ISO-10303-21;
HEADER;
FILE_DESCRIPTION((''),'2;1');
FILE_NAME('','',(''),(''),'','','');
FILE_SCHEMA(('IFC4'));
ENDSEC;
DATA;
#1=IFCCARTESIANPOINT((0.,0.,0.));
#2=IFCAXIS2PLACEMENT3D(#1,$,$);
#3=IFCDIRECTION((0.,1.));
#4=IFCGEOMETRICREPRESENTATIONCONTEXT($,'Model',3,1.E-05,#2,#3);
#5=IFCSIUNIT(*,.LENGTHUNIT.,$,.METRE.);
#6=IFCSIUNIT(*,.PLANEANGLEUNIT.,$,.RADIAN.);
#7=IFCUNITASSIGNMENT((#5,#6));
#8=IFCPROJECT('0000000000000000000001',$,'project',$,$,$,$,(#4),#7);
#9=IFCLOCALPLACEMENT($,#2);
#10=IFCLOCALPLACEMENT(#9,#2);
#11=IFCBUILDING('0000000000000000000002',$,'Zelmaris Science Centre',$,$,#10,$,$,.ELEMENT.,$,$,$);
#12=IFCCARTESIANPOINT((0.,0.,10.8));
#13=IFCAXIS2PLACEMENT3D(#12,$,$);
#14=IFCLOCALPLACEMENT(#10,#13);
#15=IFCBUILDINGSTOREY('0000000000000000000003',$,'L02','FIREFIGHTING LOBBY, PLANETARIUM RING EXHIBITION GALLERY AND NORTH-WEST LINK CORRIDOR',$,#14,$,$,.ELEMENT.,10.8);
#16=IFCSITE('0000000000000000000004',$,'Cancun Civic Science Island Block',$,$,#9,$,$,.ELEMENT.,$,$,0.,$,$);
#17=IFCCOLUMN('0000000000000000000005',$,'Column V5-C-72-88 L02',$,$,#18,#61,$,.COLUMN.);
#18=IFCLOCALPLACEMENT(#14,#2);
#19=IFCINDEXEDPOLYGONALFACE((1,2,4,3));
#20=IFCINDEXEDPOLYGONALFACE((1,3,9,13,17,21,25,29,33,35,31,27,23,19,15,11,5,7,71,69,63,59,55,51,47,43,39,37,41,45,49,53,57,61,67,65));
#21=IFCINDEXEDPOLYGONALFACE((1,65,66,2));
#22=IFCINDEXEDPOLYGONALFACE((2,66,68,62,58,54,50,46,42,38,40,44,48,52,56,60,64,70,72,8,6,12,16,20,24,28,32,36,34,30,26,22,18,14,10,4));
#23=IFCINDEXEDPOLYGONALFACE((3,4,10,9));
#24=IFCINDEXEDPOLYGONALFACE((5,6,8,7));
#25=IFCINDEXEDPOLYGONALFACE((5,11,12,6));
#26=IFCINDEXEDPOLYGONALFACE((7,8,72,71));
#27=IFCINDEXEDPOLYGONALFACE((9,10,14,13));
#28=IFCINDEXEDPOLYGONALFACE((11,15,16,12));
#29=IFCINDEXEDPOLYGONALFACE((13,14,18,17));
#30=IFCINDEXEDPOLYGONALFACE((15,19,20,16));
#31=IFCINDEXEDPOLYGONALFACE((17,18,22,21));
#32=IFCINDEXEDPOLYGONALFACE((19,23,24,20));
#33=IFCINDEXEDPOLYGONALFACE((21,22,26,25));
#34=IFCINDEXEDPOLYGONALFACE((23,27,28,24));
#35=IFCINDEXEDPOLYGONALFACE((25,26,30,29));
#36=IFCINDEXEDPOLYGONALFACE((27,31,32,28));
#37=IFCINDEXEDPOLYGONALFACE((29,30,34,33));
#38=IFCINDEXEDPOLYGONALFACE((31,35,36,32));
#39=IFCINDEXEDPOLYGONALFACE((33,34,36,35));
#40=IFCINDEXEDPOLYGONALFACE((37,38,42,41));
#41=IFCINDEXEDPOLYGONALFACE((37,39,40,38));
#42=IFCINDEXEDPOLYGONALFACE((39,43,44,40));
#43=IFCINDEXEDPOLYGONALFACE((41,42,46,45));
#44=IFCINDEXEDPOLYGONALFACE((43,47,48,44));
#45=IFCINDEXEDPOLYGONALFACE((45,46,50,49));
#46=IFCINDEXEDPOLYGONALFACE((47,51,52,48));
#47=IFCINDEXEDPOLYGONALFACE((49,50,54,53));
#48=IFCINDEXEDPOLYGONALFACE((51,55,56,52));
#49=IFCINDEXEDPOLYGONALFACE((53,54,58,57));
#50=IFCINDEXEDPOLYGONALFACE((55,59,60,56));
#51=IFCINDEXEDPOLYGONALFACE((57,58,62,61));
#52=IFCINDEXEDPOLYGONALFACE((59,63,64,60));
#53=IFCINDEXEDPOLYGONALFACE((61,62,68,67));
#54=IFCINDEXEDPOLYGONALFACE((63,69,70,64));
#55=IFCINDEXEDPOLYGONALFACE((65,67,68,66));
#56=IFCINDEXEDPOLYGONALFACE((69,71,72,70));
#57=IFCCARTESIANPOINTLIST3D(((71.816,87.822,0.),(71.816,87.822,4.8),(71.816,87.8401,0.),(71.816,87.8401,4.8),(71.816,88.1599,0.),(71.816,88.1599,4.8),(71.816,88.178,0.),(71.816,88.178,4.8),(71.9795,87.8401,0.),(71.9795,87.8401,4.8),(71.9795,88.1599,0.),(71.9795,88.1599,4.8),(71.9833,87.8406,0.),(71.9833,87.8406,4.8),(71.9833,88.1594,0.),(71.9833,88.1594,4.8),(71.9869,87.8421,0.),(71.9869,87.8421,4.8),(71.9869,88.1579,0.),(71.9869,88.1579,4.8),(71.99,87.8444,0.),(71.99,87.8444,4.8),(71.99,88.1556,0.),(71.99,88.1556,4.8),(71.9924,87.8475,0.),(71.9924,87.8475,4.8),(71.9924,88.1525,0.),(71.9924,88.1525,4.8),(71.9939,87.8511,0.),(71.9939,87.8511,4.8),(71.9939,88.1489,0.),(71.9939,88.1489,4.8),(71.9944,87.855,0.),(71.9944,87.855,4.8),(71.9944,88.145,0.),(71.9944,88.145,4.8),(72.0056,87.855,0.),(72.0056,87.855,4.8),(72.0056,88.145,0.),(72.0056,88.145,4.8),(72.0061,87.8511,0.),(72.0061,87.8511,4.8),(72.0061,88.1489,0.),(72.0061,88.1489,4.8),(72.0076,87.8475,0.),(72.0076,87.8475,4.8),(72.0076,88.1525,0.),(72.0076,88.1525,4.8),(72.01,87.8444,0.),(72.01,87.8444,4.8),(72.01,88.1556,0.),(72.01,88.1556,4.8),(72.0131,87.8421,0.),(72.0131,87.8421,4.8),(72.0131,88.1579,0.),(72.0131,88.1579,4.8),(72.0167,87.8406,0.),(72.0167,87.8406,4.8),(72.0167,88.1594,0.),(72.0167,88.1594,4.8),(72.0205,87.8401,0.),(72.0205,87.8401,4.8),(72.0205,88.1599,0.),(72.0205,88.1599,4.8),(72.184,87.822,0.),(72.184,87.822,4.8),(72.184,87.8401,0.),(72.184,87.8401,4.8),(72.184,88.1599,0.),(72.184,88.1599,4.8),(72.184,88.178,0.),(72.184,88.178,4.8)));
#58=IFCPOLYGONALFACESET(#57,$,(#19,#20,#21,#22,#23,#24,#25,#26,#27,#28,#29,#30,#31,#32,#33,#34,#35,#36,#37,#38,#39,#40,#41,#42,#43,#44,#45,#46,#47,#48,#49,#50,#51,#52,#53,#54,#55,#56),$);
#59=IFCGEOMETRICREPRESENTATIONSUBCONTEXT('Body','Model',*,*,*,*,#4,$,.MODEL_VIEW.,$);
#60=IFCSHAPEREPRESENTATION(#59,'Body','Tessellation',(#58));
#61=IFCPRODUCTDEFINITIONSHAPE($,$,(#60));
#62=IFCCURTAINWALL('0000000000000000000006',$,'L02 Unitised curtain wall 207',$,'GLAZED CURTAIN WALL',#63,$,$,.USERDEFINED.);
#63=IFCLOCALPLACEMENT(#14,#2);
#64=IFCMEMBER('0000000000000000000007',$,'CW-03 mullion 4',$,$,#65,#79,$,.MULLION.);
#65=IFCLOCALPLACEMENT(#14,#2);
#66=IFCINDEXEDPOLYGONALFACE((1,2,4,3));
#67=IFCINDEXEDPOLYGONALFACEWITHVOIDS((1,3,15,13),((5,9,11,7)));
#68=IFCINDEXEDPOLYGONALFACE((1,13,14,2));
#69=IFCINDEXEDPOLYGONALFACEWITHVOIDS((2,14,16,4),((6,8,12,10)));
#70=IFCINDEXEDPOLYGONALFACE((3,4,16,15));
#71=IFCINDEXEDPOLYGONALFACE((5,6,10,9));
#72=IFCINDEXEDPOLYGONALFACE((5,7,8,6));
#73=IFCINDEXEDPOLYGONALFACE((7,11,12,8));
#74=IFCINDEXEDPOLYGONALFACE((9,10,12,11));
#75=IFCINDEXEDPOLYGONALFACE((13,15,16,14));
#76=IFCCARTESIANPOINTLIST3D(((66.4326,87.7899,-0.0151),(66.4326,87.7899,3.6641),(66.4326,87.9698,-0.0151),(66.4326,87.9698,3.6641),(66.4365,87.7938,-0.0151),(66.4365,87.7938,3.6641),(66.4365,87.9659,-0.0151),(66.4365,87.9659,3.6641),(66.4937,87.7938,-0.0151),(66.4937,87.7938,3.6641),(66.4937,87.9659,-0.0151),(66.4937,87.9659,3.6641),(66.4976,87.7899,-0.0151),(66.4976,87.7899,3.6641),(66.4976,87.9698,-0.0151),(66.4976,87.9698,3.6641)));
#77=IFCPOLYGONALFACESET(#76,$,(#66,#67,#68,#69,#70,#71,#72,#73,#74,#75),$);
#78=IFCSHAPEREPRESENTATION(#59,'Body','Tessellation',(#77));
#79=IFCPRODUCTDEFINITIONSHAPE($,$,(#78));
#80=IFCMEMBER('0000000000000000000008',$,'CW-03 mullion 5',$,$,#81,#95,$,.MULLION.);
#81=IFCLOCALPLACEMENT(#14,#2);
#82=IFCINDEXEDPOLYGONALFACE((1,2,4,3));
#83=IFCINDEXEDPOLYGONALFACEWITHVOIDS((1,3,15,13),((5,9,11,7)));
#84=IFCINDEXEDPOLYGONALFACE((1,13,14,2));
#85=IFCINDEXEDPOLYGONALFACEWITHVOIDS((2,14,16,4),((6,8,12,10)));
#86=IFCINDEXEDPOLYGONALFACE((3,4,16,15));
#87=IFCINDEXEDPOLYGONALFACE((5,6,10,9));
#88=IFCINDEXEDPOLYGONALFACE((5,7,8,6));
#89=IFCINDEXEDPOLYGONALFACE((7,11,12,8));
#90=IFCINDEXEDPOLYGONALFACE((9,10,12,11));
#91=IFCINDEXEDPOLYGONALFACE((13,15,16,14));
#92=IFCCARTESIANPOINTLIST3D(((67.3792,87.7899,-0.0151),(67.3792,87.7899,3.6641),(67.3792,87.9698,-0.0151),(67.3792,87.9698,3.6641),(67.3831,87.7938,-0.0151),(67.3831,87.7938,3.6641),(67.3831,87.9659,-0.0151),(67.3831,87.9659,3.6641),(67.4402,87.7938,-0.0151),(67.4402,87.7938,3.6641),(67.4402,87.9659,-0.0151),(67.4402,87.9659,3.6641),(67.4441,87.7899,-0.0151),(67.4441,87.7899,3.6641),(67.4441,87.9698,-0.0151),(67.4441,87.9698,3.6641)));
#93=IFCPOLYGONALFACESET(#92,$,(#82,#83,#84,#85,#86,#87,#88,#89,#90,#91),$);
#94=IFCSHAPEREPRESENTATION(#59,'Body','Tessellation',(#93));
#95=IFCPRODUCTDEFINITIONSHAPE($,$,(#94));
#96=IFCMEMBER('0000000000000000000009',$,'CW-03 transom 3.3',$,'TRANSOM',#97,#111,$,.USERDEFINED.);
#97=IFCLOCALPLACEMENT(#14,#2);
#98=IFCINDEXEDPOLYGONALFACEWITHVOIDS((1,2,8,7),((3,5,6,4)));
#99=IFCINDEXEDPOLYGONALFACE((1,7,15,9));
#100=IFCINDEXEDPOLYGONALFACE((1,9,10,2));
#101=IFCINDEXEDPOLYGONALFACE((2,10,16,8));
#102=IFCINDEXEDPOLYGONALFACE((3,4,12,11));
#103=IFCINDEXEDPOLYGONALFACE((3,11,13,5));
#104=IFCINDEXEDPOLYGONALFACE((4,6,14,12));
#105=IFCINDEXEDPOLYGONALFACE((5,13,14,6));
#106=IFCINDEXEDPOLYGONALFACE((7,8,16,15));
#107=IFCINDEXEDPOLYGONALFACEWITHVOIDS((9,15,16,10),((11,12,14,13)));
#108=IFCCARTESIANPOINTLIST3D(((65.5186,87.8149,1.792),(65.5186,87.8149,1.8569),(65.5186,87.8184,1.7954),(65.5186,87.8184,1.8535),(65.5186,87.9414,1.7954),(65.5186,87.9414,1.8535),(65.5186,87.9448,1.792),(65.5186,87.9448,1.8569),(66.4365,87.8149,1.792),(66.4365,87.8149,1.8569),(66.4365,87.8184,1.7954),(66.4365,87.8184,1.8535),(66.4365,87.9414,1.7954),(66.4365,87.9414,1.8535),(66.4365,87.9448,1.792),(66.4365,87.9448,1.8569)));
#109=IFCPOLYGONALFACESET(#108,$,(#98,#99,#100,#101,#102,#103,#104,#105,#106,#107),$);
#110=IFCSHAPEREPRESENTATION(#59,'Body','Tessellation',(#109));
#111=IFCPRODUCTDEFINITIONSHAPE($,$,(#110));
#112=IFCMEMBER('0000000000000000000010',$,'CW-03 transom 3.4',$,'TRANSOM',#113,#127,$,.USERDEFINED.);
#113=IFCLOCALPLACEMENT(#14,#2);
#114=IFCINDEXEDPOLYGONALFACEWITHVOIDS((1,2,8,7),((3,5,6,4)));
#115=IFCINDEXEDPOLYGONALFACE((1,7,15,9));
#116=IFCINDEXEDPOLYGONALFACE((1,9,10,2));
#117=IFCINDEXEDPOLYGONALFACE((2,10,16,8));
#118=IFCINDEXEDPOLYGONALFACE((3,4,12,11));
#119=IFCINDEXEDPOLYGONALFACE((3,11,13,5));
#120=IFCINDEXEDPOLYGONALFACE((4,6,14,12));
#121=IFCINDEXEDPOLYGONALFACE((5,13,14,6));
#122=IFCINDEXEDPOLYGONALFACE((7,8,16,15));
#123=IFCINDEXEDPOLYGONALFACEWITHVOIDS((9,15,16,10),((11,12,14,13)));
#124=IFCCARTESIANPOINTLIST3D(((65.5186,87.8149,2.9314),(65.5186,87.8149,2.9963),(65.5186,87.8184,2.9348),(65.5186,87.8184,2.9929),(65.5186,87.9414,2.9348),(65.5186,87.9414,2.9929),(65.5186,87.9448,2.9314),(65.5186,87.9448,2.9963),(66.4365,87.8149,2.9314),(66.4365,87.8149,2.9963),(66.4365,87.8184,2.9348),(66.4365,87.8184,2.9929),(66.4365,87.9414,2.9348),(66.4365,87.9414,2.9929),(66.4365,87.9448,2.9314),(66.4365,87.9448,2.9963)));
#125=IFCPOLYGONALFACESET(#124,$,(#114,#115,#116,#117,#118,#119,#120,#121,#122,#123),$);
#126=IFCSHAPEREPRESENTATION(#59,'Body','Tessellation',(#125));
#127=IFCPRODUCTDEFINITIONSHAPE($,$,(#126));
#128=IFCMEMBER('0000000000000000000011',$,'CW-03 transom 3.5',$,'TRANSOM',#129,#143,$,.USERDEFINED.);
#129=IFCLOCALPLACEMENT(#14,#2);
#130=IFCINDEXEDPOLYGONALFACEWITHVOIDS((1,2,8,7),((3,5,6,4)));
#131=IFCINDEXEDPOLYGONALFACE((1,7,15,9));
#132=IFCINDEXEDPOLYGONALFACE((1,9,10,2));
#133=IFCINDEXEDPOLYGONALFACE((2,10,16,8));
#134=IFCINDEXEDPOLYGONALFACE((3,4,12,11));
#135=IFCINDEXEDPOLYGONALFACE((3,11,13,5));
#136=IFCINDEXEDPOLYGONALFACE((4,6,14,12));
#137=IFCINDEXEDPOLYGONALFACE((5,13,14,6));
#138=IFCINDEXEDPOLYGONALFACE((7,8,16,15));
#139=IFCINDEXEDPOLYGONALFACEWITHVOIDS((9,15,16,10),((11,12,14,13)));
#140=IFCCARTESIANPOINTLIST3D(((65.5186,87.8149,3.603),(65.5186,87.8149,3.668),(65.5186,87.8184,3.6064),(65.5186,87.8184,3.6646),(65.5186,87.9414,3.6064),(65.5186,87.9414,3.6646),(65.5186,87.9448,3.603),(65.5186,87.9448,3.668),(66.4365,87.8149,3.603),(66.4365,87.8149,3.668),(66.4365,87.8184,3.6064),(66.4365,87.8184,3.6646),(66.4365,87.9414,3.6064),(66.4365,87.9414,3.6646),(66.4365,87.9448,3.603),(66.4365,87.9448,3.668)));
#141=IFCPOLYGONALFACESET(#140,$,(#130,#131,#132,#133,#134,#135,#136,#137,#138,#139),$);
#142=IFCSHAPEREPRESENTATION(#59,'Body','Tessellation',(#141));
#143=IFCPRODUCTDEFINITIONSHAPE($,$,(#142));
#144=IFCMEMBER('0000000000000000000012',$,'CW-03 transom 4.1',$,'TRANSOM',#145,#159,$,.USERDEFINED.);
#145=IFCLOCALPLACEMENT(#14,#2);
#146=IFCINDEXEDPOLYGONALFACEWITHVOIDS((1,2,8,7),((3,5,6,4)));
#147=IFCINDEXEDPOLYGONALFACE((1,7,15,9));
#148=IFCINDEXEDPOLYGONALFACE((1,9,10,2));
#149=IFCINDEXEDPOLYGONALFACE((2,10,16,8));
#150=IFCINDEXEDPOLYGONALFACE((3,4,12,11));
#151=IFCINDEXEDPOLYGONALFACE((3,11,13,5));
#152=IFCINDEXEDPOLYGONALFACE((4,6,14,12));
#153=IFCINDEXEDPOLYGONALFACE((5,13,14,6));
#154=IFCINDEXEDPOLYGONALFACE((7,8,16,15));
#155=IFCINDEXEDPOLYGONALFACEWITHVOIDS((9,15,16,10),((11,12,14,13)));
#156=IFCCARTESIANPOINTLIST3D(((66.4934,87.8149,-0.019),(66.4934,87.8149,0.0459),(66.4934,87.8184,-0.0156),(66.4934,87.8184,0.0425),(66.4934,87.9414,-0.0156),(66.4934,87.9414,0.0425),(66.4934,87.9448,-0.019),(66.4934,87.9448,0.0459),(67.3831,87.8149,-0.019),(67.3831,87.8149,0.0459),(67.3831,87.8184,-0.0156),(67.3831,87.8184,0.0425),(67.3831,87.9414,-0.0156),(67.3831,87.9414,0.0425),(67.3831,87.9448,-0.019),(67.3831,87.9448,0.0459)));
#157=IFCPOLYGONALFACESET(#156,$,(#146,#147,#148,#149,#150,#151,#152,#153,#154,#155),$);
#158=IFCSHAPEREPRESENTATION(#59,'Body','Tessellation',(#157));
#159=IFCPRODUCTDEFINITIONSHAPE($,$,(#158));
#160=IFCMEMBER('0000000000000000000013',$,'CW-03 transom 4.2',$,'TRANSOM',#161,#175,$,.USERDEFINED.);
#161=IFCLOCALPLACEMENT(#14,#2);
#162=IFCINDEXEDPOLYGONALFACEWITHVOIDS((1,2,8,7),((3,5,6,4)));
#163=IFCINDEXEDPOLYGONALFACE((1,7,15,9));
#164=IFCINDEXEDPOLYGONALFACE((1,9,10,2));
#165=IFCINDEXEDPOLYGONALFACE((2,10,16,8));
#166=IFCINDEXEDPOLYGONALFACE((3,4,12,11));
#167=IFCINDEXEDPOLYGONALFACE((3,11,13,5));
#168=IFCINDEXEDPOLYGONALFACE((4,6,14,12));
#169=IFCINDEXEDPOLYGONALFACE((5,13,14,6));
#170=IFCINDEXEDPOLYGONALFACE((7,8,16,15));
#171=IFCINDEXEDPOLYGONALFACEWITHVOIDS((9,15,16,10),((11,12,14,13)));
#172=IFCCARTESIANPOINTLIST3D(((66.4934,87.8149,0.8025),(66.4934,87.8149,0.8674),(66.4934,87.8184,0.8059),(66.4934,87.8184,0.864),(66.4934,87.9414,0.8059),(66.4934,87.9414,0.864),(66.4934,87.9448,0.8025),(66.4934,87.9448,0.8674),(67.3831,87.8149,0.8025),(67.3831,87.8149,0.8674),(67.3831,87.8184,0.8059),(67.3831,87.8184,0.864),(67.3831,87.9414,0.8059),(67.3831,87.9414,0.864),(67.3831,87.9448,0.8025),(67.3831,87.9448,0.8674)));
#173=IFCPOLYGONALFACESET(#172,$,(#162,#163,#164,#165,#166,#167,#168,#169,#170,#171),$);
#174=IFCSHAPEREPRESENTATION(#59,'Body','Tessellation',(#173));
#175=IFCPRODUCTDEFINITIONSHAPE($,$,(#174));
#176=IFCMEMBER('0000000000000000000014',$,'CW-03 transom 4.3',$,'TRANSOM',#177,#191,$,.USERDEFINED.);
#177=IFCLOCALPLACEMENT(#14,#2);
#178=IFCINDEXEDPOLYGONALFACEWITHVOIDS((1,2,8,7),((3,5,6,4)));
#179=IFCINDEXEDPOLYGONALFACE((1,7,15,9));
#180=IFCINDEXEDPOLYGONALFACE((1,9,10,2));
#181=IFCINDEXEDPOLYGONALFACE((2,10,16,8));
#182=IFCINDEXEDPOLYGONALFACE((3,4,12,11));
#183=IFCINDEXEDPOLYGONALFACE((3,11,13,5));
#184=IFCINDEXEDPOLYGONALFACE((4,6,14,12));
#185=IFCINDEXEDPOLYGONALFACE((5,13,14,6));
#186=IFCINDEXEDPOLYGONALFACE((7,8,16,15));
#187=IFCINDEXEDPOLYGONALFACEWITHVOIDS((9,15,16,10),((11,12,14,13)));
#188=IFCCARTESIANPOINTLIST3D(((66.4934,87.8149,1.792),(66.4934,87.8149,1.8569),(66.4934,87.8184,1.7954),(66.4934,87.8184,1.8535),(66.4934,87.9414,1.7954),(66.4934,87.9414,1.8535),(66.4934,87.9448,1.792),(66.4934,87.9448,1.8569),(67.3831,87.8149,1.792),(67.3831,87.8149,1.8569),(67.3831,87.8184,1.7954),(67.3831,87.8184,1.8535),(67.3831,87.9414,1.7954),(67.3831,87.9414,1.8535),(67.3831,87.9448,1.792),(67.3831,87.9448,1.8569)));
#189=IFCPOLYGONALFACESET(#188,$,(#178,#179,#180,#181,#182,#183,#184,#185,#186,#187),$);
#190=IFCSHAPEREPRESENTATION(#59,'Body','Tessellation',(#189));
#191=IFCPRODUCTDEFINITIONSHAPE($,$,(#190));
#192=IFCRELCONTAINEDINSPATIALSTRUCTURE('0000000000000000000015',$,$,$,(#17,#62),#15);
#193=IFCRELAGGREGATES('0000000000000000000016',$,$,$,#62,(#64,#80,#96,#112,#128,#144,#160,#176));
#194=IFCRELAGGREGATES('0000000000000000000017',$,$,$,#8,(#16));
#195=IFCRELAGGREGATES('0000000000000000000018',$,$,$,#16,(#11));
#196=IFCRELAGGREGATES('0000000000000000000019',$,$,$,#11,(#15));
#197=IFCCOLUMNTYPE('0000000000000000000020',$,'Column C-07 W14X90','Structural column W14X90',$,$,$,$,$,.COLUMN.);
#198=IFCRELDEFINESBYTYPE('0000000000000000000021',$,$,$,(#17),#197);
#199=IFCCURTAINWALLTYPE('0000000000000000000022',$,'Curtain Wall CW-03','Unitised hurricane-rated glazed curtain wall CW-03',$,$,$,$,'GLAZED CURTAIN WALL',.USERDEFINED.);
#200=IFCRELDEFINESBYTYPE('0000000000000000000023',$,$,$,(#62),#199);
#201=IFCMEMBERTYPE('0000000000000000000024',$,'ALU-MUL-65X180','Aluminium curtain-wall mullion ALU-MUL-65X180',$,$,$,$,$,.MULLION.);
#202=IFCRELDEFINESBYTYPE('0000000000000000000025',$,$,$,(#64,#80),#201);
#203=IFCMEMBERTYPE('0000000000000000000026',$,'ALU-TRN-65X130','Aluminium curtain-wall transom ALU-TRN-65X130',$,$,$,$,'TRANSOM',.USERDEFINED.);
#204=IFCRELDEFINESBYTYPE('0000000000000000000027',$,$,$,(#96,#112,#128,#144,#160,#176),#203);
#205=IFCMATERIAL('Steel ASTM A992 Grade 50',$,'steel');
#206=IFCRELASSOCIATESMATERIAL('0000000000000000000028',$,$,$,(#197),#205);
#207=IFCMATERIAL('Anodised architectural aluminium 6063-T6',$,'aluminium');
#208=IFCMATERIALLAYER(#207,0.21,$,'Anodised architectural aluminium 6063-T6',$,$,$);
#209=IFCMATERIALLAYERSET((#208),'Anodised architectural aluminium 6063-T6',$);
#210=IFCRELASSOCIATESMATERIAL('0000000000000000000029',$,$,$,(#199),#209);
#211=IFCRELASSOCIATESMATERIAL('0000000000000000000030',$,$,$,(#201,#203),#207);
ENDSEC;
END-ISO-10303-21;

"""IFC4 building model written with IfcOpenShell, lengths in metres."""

from ifc_helpers import new_model, si_unit, direction, frame, origin, origin_2d, place, context, subcontext, project, spatial, hollow_rectangle, i_section, extrude, material, layer, layer_set, material_profile, profile_set, type_object, element, aggregate, save


model = new_model("IFC4")

# Units and contexts
model_context = context("Model", 3, precision=1e-05, world=origin(), true_north=direction((0.0, 1.0)))
body_context = subcontext(model_context, "Body", "Model", "MODEL_VIEW")
ifc_project = project(units=[si_unit("LENGTHUNIT", "METRE"), si_unit("PLANEANGLEUNIT", "RADIAN")], contexts=[model_context])

# Site, building, storey
site_placement = place(None, origin())
site = spatial("IfcSite", under=ifc_project, at=site_placement, Name="Cancun Civic Science Island Block", CompositionType="ELEMENT", RefElevation=0.0)
building_placement = place(site_placement, origin())
building = spatial("IfcBuilding", under=site, at=building_placement, Name="Zelmaris Science Centre", CompositionType="ELEMENT")
storey_placement = place(building_placement, frame((0.0, 0.0, 10.8)))
storey = spatial("IfcBuildingStorey", under=building, at=storey_placement, Name="L02", Description="FIREFIGHTING LOBBY, PLANETARIUM RING EXHIBITION GALLERY AND NORTH-WEST LINK CORRIDOR", CompositionType="ELEMENT", Elevation=10.8)

# Column
ifc_material_1 = material(Name="Steel ASTM A992 Grade 50", Category="steel")
ifc_material_profile_1 = material_profile(ifc_material_1, i_section(OverallWidth=0.3679, OverallDepth=0.356, WebThickness=0.0112, FlangeThickness=0.0181, FilletRadius=0.0149, at=origin_2d()), Name="W14X90")
ifc_profile_set_1 = profile_set([ifc_material_profile_1], Name="Steel ASTM A992 Grade 50")
column_type = type_object("IfcColumnType", Name="Column C-07 W14X90", Description="Structural column W14X90", PredefinedType="COLUMN", material=ifc_profile_set_1)
column_placement = place(storey_placement, frame((72.0, 88.0, 0.0), z_axis=(0.0, 0.0, 1.0), x_axis=(1.0, 0.0, 0.0)))
element("IfcColumn", 1, at=column_placement, inside=storey, type_object=column_type, Name="Column V5-C-72-88 L02", PredefinedType="COLUMN", context=body_context, shape_type="SweptSolid", body=[
    extrude(i_section(OverallWidth=0.3679, OverallDepth=0.356, WebThickness=0.0112, FlangeThickness=0.0181, FilletRadius=0.0149, at=origin_2d()), origin(), (0.0, 0.0, 1.0), 4.8),
])

# Curtain wall, members
ifc_material_2 = material(Name="Anodised architectural aluminium 6063-T6", Category="aluminium")
ifc_layer_1 = layer(ifc_material_2, 0.21, Name="Anodised architectural aluminium 6063-T6")
ifc_layer_set_1 = layer_set([ifc_layer_1], Name="Anodised architectural aluminium 6063-T6")
curtain_wall_type = type_object("IfcCurtainWallType", Name="Curtain Wall CW-03", Description="Unitised hurricane-rated glazed curtain wall CW-03", ElementType="GLAZED CURTAIN WALL", PredefinedType="USERDEFINED", material=ifc_layer_set_1)
curtain_wall_placement = place(storey_placement, origin())
curtain_wall = element("IfcCurtainWall", 2, at=curtain_wall_placement, inside=storey, type_object=curtain_wall_type, Name="L02 Unitised curtain wall 207", ObjectType="GLAZED CURTAIN WALL", PredefinedType="USERDEFINED")
ifc_material_profile_2 = material_profile(ifc_material_2, hollow_rectangle(XDim=0.0649, YDim=0.1799, WallThickness=0.0039, at=origin_2d()), Name="ALU-MUL-65X180")
ifc_profile_set_2 = profile_set([ifc_material_profile_2], Name="Anodised architectural aluminium 6063-T6")
member_type_1 = type_object("IfcMemberType", Name="ALU-MUL-65X180", Description="Aluminium curtain-wall mullion ALU-MUL-65X180", PredefinedType="MULLION", material=ifc_profile_set_2)
member_1_placement = place(storey_placement, frame((66.4651, 87.8799, -0.0151), z_axis=(0.0, 0.0, 1.0), x_axis=(1.0, 0.0, 0.0)))
member_1 = element("IfcMember", 3, at=member_1_placement, type_object=member_type_1, Name="CW-03 mullion 4", PredefinedType="MULLION", context=body_context, shape_type="SweptSolid", body=[
    extrude(hollow_rectangle(XDim=0.0649, YDim=0.1799, WallThickness=0.0039, at=origin_2d()), origin(), (0.0, 0.0, 1.0), 3.6792),
])
member_2_placement = place(storey_placement, frame((67.4116, 87.8799, -0.0151), z_axis=(0.0, 0.0, 1.0), x_axis=(1.0, 0.0, 0.0)))
member_2 = element("IfcMember", 4, at=member_2_placement, type_object=member_type_1, Name="CW-03 mullion 5", PredefinedType="MULLION", context=body_context, shape_type="SweptSolid", body=[
    extrude(hollow_rectangle(XDim=0.0649, YDim=0.1799, WallThickness=0.0039, at=origin_2d()), origin(), (0.0, 0.0, 1.0), 3.6792),
])
ifc_material_profile_3 = material_profile(ifc_material_2, hollow_rectangle(XDim=0.0649, YDim=0.1299, WallThickness=0.0034, at=origin_2d()), Name="ALU-TRN-65X130")
ifc_profile_set_3 = profile_set([ifc_material_profile_3], Name="Anodised architectural aluminium 6063-T6")
member_type_2 = type_object("IfcMemberType", Name="ALU-TRN-65X130", Description="Aluminium curtain-wall transom ALU-TRN-65X130", ElementType="TRANSOM", PredefinedType="USERDEFINED", material=ifc_profile_set_3)
member_3_placement = place(storey_placement, frame((65.5186, 87.8799, 1.8245), z_axis=(1.0, 0.0, 0.0), x_axis=(0.0, 0.0, 1.0)))
member_3 = element("IfcMember", 5, at=member_3_placement, type_object=member_type_2, Name="CW-03 transom 3.3", ObjectType="TRANSOM", PredefinedType="USERDEFINED", context=body_context, shape_type="SweptSolid", body=[
    extrude(hollow_rectangle(XDim=0.0649, YDim=0.1299, WallThickness=0.0034, at=origin_2d()), origin(), (0.0, 0.0, 1.0), 0.918),
])
member_4_placement = place(storey_placement, frame((65.5186, 87.8799, 2.9639), z_axis=(1.0, 0.0, 0.0), x_axis=(0.0, 0.0, 1.0)))
member_4 = element("IfcMember", 6, at=member_4_placement, type_object=member_type_2, Name="CW-03 transom 3.4", ObjectType="TRANSOM", PredefinedType="USERDEFINED", context=body_context, shape_type="SweptSolid", body=[
    extrude(hollow_rectangle(XDim=0.0649, YDim=0.1299, WallThickness=0.0034, at=origin_2d()), origin(), (0.0, 0.0, 1.0), 0.918),
])
member_5_placement = place(storey_placement, frame((65.5186, 87.8799, 3.6355), z_axis=(1.0, 0.0, 0.0), x_axis=(0.0, 0.0, 1.0)))
member_5 = element("IfcMember", 7, at=member_5_placement, type_object=member_type_2, Name="CW-03 transom 3.5", ObjectType="TRANSOM", PredefinedType="USERDEFINED", context=body_context, shape_type="SweptSolid", body=[
    extrude(hollow_rectangle(XDim=0.0649, YDim=0.1299, WallThickness=0.0034, at=origin_2d()), origin(), (0.0, 0.0, 1.0), 0.918),
])
member_6_placement = place(storey_placement, frame((66.4934, 87.8799, 0.0134), z_axis=(1.0, 0.0, 0.0), x_axis=(0.0, 0.0, 1.0)))
member_6 = element("IfcMember", 8, at=member_6_placement, type_object=member_type_2, Name="CW-03 transom 4.1", ObjectType="TRANSOM", PredefinedType="USERDEFINED", context=body_context, shape_type="SweptSolid", body=[
    extrude(hollow_rectangle(XDim=0.0649, YDim=0.1299, WallThickness=0.0034, at=origin_2d()), origin(), (0.0, 0.0, 1.0), 0.8896),
])
member_7_placement = place(storey_placement, frame((66.4934, 87.8799, 0.835), z_axis=(1.0, 0.0, 0.0), x_axis=(0.0, 0.0, 1.0)))
member_7 = element("IfcMember", 9, at=member_7_placement, type_object=member_type_2, Name="CW-03 transom 4.2", ObjectType="TRANSOM", PredefinedType="USERDEFINED", context=body_context, shape_type="SweptSolid", body=[
    extrude(hollow_rectangle(XDim=0.0649, YDim=0.1299, WallThickness=0.0034, at=origin_2d()), origin(), (0.0, 0.0, 1.0), 0.8896),
])
member_8_placement = place(storey_placement, frame((66.4934, 87.8799, 1.8245), z_axis=(1.0, 0.0, 0.0), x_axis=(0.0, 0.0, 1.0)))
member_8 = element("IfcMember", 10, at=member_8_placement, type_object=member_type_2, Name="CW-03 transom 4.3", ObjectType="TRANSOM", PredefinedType="USERDEFINED", context=body_context, shape_type="SweptSolid", body=[
    extrude(hollow_rectangle(XDim=0.0649, YDim=0.1299, WallThickness=0.0034, at=origin_2d()), origin(), (0.0, 0.0, 1.0), 0.8896),
])

aggregate(curtain_wall, [member_1, member_2, member_3, member_4, member_5, member_6, member_7, member_8])

save(model, "model.ifc")
